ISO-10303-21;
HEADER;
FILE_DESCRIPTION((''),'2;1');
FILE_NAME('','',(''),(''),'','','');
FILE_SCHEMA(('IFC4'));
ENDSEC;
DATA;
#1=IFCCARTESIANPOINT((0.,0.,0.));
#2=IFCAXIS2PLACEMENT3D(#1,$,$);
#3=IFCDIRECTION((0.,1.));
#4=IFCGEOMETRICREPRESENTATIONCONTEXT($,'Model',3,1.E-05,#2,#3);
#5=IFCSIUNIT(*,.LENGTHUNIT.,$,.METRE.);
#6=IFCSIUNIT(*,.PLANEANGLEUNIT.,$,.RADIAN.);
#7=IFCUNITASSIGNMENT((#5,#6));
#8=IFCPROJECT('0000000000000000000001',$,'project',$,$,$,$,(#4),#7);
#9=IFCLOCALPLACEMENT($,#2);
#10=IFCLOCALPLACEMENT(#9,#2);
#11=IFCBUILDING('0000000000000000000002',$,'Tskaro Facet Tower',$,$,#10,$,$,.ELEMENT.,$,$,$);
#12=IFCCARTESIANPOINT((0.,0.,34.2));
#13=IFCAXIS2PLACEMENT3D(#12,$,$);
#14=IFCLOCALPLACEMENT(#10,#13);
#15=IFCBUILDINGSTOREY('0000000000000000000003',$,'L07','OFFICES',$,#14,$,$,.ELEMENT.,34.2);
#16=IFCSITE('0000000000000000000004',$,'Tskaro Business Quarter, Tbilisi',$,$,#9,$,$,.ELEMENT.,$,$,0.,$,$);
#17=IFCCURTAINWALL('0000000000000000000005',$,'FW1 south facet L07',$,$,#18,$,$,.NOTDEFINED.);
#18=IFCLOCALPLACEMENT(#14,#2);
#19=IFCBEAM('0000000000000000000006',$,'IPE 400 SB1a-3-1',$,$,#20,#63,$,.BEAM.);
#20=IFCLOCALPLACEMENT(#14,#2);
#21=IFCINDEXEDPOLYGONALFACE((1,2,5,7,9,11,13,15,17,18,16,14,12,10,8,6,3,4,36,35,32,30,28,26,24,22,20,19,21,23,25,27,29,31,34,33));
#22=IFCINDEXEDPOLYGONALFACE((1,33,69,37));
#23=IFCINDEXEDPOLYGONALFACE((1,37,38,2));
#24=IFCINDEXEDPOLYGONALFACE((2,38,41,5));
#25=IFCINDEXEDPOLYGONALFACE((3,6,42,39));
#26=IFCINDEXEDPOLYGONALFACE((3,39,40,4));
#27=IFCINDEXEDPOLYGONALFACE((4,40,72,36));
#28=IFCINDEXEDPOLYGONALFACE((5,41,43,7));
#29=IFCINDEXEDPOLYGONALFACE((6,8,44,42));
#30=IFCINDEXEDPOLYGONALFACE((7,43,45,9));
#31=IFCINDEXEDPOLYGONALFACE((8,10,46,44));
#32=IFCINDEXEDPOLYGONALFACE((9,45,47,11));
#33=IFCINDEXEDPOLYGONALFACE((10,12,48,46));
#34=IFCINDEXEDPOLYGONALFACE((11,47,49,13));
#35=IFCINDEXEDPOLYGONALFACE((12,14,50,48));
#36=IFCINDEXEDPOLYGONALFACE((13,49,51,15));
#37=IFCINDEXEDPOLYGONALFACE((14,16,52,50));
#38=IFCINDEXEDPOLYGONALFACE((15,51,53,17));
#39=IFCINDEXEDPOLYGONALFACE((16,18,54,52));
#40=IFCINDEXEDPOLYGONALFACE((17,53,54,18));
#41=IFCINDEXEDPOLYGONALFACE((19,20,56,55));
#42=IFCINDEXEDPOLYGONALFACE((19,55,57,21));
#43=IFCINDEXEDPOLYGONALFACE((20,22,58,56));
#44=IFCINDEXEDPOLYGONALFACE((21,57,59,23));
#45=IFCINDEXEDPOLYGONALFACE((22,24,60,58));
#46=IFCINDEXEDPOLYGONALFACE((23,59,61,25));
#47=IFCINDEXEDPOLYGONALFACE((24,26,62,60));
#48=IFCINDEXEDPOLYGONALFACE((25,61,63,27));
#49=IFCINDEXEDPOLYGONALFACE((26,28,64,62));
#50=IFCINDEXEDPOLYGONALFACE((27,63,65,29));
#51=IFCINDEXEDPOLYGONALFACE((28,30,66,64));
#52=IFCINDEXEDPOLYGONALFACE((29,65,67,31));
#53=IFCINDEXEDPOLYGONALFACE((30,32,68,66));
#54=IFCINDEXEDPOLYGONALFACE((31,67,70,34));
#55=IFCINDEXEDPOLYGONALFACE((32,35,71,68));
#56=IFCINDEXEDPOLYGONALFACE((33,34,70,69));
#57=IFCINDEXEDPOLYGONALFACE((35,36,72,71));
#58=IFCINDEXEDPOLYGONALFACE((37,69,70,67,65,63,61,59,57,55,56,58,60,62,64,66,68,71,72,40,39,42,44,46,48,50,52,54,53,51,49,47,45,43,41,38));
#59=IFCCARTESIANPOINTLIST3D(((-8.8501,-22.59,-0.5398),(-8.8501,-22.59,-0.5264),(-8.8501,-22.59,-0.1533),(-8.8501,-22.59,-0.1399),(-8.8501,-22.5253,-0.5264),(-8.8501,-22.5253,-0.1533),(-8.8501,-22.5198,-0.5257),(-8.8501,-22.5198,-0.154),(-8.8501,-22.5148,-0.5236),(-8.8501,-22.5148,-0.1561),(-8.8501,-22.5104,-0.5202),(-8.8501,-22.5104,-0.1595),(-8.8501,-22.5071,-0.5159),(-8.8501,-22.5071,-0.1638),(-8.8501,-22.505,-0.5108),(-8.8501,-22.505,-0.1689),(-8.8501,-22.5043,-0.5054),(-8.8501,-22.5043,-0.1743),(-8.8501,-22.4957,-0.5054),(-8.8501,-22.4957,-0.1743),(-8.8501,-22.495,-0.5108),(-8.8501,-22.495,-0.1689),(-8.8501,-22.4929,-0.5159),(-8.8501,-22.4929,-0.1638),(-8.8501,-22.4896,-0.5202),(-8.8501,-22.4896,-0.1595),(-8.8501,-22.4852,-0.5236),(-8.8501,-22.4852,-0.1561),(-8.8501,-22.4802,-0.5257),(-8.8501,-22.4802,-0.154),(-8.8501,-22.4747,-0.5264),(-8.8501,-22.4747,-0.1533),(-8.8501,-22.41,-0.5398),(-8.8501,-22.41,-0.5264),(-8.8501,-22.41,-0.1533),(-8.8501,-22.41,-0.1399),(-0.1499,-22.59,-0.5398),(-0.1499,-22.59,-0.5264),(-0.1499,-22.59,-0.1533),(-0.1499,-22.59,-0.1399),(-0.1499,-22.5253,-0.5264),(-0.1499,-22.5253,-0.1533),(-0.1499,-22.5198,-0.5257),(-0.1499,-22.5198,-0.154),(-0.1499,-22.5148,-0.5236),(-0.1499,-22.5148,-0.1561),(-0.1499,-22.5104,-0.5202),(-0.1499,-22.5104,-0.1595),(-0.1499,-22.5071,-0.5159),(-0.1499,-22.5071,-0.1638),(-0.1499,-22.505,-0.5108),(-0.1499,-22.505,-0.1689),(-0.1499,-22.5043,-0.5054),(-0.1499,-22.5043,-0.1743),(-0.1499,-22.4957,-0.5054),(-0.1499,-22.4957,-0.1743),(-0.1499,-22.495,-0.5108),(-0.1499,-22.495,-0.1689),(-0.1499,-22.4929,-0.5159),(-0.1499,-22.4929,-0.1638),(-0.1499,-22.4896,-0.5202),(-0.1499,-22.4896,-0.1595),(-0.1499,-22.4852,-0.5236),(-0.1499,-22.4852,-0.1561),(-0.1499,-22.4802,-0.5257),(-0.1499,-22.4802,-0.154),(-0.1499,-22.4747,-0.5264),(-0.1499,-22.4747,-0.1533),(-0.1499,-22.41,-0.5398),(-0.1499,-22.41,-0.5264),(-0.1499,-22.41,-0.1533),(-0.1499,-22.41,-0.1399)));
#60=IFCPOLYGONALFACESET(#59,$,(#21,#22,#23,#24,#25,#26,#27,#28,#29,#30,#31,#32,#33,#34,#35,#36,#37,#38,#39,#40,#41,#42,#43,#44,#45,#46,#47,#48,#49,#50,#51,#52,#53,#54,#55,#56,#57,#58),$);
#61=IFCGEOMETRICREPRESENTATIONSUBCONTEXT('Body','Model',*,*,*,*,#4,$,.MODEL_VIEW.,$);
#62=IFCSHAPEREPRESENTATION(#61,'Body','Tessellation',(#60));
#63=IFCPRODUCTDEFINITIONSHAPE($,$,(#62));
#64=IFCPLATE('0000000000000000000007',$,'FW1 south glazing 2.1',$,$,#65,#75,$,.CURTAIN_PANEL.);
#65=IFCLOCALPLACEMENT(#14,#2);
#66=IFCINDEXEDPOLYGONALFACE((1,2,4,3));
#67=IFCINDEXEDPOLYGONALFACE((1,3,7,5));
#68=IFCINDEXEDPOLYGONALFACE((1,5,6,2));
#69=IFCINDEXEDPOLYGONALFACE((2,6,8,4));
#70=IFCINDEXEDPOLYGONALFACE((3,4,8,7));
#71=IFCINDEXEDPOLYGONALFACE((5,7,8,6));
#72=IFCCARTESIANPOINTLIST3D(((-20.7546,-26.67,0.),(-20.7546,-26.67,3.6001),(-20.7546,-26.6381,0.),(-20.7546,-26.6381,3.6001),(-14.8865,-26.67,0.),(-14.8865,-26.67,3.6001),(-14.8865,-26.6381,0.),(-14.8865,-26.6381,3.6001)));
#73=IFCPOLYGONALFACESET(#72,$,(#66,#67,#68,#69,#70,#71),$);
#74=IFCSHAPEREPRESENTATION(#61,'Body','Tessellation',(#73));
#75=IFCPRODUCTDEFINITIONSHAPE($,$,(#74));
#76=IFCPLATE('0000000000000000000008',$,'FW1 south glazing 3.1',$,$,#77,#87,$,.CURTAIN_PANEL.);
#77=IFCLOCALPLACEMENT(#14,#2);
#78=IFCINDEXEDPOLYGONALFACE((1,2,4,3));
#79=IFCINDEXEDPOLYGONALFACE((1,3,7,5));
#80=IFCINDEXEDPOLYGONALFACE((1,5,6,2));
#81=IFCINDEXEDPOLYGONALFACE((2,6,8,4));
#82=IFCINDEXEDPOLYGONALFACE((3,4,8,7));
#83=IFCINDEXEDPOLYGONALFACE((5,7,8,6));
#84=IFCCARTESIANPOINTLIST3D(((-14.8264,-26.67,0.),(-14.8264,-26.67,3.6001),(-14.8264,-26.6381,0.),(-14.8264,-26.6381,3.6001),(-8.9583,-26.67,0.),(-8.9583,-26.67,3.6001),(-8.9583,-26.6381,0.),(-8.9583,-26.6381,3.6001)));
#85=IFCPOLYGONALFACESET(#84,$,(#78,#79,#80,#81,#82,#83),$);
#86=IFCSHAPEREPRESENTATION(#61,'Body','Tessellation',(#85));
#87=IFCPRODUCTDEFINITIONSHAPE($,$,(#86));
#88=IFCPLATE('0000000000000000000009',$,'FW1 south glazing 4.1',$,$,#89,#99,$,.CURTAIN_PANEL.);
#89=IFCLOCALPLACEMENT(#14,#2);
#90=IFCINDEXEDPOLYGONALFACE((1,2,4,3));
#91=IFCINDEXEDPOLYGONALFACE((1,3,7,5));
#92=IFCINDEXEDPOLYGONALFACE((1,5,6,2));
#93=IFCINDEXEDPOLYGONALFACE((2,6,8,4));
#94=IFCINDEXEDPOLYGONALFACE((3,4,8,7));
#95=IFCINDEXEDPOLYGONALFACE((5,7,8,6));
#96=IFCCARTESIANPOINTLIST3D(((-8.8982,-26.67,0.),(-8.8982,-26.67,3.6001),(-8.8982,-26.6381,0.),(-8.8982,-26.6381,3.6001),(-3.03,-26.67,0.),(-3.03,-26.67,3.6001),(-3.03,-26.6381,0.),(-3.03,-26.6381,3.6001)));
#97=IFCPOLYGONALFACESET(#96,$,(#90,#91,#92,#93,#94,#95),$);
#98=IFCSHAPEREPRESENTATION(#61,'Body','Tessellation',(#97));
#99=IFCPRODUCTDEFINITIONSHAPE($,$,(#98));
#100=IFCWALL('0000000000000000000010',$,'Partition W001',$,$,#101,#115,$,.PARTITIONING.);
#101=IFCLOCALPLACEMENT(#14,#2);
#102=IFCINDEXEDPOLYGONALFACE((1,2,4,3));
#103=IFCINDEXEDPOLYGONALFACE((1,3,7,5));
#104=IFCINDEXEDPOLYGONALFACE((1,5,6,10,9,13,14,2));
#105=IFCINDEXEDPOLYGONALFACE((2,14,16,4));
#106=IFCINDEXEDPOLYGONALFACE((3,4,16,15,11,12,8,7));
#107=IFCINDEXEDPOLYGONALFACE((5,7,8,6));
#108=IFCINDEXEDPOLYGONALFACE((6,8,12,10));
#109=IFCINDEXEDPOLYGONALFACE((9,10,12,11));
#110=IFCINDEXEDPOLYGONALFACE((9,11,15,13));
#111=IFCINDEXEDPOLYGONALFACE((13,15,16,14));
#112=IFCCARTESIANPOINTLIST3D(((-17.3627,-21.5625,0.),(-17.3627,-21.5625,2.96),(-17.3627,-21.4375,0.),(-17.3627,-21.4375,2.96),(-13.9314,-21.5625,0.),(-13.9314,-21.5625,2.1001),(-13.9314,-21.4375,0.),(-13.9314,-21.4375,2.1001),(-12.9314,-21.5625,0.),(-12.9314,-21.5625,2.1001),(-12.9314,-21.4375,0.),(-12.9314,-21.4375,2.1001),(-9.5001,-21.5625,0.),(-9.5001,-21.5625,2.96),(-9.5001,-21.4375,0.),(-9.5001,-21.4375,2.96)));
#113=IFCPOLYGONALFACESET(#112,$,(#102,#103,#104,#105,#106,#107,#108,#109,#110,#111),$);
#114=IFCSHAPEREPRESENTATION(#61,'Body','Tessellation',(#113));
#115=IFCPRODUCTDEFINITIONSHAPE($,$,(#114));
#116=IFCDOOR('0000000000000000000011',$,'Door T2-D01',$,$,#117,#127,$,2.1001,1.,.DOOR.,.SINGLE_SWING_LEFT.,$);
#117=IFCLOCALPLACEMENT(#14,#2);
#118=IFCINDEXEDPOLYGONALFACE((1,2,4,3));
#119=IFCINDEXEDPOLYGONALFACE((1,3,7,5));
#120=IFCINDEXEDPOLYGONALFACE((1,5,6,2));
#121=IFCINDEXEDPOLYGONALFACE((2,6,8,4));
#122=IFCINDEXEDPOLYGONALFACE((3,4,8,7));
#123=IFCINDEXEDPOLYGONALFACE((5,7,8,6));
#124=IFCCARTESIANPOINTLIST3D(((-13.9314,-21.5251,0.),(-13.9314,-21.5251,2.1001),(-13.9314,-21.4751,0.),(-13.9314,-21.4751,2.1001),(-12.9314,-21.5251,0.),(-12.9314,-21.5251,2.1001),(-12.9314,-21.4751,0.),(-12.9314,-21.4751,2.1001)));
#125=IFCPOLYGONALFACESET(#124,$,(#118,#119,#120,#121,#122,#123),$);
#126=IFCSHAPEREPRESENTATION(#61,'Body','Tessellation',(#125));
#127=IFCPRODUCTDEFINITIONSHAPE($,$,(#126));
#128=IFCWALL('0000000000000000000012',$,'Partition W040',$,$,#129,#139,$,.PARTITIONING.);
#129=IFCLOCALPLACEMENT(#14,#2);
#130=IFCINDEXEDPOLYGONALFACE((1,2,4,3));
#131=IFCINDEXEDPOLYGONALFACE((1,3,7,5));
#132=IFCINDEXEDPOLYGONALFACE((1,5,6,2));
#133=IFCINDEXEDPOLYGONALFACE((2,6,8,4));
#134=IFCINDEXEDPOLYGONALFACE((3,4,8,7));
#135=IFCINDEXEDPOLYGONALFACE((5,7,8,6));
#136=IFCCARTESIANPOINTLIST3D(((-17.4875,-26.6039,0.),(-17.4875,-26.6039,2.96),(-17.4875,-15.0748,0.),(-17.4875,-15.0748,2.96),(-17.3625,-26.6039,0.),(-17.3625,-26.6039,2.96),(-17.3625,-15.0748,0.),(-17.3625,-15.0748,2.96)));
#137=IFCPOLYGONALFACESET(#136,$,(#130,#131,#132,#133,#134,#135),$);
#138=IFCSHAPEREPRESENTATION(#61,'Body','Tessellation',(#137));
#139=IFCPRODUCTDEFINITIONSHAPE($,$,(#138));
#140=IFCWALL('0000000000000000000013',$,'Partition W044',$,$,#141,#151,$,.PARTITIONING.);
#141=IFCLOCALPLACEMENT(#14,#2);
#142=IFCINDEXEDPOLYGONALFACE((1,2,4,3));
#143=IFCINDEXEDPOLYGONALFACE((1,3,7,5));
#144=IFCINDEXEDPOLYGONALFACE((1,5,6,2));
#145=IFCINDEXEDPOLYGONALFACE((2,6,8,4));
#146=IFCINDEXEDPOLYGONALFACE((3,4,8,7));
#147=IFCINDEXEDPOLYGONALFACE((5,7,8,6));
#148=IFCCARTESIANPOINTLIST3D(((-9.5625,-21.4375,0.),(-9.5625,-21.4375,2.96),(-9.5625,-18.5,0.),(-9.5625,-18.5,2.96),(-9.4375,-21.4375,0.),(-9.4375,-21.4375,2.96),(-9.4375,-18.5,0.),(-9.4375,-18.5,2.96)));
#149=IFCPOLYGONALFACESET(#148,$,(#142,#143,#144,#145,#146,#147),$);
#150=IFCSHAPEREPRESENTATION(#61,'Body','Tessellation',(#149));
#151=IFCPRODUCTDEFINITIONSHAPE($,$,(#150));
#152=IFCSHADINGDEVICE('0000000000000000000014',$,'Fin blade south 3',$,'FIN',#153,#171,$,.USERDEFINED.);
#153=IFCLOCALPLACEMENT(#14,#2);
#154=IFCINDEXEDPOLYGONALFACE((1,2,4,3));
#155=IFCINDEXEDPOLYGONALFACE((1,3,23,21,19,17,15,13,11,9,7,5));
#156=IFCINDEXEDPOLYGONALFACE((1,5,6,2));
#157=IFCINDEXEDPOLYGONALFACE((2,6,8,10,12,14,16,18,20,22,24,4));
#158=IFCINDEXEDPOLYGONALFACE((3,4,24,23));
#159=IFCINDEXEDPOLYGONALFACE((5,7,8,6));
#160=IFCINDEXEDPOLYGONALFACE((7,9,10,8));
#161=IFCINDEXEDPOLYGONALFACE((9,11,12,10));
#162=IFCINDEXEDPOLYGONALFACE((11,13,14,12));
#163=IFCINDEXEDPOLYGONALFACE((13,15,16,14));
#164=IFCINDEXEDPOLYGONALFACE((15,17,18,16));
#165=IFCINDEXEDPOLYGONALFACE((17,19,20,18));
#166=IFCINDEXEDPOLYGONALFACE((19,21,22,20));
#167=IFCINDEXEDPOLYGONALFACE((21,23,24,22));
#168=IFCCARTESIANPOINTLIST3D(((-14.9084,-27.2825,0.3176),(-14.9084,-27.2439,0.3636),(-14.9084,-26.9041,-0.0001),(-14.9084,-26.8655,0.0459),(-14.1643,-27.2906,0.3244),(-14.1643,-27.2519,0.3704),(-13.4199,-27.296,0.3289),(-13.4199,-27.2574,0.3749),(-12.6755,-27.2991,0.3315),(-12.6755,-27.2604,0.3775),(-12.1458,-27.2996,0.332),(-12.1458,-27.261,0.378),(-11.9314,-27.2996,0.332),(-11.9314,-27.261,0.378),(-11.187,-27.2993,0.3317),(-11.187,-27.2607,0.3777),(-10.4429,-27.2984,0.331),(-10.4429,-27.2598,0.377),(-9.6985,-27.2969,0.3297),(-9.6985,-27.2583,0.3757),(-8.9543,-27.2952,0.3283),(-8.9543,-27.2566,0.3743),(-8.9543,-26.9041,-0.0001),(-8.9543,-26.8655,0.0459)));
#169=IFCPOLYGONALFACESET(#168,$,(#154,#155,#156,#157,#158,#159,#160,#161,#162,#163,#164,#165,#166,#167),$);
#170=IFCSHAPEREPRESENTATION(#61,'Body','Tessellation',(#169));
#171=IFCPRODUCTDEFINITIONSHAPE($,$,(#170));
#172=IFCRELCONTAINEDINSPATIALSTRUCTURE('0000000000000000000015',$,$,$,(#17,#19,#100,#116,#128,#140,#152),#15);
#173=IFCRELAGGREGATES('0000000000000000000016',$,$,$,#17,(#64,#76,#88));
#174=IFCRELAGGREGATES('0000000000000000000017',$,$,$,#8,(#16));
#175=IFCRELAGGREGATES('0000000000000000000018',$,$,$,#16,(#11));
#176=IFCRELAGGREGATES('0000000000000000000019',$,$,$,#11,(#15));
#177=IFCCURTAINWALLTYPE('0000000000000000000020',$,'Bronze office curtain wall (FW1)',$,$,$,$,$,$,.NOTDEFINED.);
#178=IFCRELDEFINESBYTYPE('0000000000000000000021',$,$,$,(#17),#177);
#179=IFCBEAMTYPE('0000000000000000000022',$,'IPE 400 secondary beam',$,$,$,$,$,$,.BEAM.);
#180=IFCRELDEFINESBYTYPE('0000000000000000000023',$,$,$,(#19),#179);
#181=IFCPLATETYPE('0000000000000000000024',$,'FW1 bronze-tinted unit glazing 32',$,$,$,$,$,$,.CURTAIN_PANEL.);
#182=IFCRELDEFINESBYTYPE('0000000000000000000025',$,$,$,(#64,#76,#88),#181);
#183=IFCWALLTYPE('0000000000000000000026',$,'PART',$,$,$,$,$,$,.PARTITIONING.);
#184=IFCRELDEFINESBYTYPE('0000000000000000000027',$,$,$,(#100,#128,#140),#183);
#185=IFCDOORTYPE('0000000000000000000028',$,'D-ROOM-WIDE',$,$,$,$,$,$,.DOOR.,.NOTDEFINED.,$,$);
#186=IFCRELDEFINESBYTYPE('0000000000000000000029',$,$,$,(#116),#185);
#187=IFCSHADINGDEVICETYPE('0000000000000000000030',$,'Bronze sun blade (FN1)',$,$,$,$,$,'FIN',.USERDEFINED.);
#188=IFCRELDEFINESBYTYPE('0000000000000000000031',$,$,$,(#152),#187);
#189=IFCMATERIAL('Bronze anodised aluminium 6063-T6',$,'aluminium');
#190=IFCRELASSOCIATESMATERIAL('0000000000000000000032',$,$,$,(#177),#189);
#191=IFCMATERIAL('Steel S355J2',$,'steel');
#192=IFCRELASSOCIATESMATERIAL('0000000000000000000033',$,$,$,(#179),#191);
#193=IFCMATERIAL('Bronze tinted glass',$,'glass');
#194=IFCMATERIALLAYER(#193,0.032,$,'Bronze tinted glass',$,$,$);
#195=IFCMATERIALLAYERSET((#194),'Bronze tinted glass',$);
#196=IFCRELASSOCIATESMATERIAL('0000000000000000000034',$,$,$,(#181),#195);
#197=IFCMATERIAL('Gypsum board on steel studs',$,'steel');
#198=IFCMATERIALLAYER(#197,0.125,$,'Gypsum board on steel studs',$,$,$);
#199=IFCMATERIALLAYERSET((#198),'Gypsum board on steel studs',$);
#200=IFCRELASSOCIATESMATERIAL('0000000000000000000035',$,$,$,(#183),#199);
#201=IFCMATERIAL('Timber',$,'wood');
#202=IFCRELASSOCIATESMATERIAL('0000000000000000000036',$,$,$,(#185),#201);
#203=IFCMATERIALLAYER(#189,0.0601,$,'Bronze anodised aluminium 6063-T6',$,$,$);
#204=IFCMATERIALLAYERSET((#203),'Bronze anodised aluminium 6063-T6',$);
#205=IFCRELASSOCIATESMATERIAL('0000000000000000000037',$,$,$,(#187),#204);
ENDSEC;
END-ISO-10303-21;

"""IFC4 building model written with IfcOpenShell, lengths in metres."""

from ifc_helpers import new_model, si_unit, direction, frame, frame_2d, origin, origin_2d, place, context, subcontext, project, spatial, polyline, rectangle, i_section, outline, extrude, material, layer, layer_set, material_profile, profile_set, type_object, element, fill, aggregate, save


model = new_model("IFC4")

# Units and contexts
model_context = context("Model", 3, precision=1e-05, world=origin(), true_north=direction((0.0, 1.0)))
body_context = subcontext(model_context, "Body", "Model", "MODEL_VIEW")
ifc_project = project(units=[si_unit("LENGTHUNIT", "METRE"), si_unit("PLANEANGLEUNIT", "RADIAN")], contexts=[model_context])

# Site, building, storey
site_placement = place(None, origin())
site = spatial("IfcSite", under=ifc_project, at=site_placement, Name="Tskaro Business Quarter, Tbilisi", CompositionType="ELEMENT", RefElevation=0.0)
building_placement = place(site_placement, origin())
building = spatial("IfcBuilding", under=site, at=building_placement, Name="Tskaro Facet Tower", CompositionType="ELEMENT")
storey_placement = place(building_placement, frame((0.0, 0.0, 34.2)))
storey = spatial("IfcBuildingStorey", under=building, at=storey_placement, Name="L07", Description="OFFICES", CompositionType="ELEMENT", Elevation=34.2)

# Curtain wall
ifc_material_1 = material(Name="Bronze anodised aluminium 6063-T6", Category="aluminium")
curtain_wall_type = type_object("IfcCurtainWallType", Name="Bronze office curtain wall (FW1)", PredefinedType="NOTDEFINED", material=ifc_material_1)
curtain_wall_placement = place(storey_placement, origin())
curtain_wall = element("IfcCurtainWall", 1, at=curtain_wall_placement, inside=storey, type_object=curtain_wall_type, Name="FW1 south facet L07", PredefinedType="NOTDEFINED")

# Beam
ifc_material_2 = material(Name="Steel S355J2", Category="steel")
ifc_material_profile_1 = material_profile(ifc_material_2, i_section(OverallWidth=0.1799, OverallDepth=0.3999, WebThickness=0.0085, FlangeThickness=0.0134, FilletRadius=0.021, at=origin_2d()), Name="IPE 400")
ifc_profile_set_1 = profile_set([ifc_material_profile_1], Name="Steel S355J2")
beam_type_1 = type_object("IfcBeamType", Name="IPE 400 secondary beam", PredefinedType="BEAM", material=ifc_profile_set_1)
for number, where, z_axis, x_axis, name in (
    (2, (-8.8501, -22.5, -0.3398), (1.0, 0.0, 0.0), (0.0, 1.0, 0.0), "IPE 400 SB1a-3-1"),
):
    element("IfcBeam", number, at=place(storey_placement, frame(where, z_axis=z_axis, x_axis=x_axis)), inside=storey, type_object=beam_type_1, Name=name, PredefinedType="BEAM", context=body_context, shape_type="SweptSolid", body=[
        extrude(i_section(OverallWidth=0.1799, OverallDepth=0.3999, WebThickness=0.0085, FlangeThickness=0.0134, FilletRadius=0.021, at=origin_2d()), origin(), (0.0, 0.0, 1.0), 8.7002),
    ])

# Plates
ifc_material_3 = material(Name="Bronze tinted glass", Category="glass")
ifc_layer_1 = layer(ifc_material_3, 0.032, Name="Bronze tinted glass")
ifc_layer_set_1 = layer_set([ifc_layer_1], Name="Bronze tinted glass")
plate_type = type_object("IfcPlateType", Name="FW1 bronze-tinted unit glazing 32", PredefinedType="CURTAIN_PANEL", material=ifc_layer_set_1)
plate_1_placement = place(storey_placement, frame((-17.8206, -26.6541, 0.0), z_axis=(0.0, 0.0, 1.0), x_axis=(1.0, 0.0, 0.0)))
plate_1 = element("IfcPlate", 3, at=plate_1_placement, type_object=plate_type, Name="FW1 south glazing 2.1", PredefinedType="CURTAIN_PANEL", context=body_context, shape_type="SweptSolid", body=[
    extrude(rectangle(XDim=5.8682, YDim=0.032, at=origin_2d()), origin(), (0.0, 0.0, 1.0), 3.6001),
])
plate_2_placement = place(storey_placement, frame((-11.8923, -26.6541, 0.0), z_axis=(0.0, 0.0, 1.0), x_axis=(1.0, 0.0, 0.0)))
plate_2 = element("IfcPlate", 4, at=plate_2_placement, type_object=plate_type, Name="FW1 south glazing 3.1", PredefinedType="CURTAIN_PANEL", context=body_context, shape_type="SweptSolid", body=[
    extrude(rectangle(XDim=5.8682, YDim=0.032, at=origin_2d()), origin(), (0.0, 0.0, 1.0), 3.6001),
])
plate_3_placement = place(storey_placement, frame((-5.9641, -26.6541, 0.0), z_axis=(0.0, 0.0, 1.0), x_axis=(1.0, 0.0, 0.0)))
plate_3 = element("IfcPlate", 5, at=plate_3_placement, type_object=plate_type, Name="FW1 south glazing 4.1", PredefinedType="CURTAIN_PANEL", context=body_context, shape_type="SweptSolid", body=[
    extrude(rectangle(XDim=5.8682, YDim=0.032, at=origin_2d()), origin(), (0.0, 0.0, 1.0), 3.6001),
])
aggregate(curtain_wall, [plate_1, plate_2, plate_3])

# Wall, opening, door
ifc_material_4 = material(Name="Gypsum board on steel studs", Category="steel")
ifc_layer_2 = layer(ifc_material_4, 0.125, Name="Gypsum board on steel studs")
ifc_layer_set_2 = layer_set([ifc_layer_2], Name="Gypsum board on steel studs")
wall_type = type_object("IfcWallType", Name="PART", PredefinedType="PARTITIONING", material=ifc_layer_set_2)
wall_1_placement = place(storey_placement, frame((-17.3625, -21.5, 0.0), z_axis=(0.0, 0.0, 1.0), x_axis=(1.0, 0.0, 0.0)))
wall_1 = element("IfcWall", 6, at=wall_1_placement, inside=storey, type_object=wall_type, Name="Partition W001", PredefinedType="PARTITIONING", context=body_context, shape_type="SweptSolid", body=[
    extrude(rectangle(XDim=7.8625, YDim=0.125, at=frame_2d((3.9312, 0.0))), origin(), (0.0, 0.0, 1.0), 2.96),
])
opening_placement = place(wall_1_placement, frame((3.4312, 0.0, 0.0)))
opening = element("IfcOpeningElement", 7, at=opening_placement, cuts=wall_1, PredefinedType="OPENING", context=body_context, shape_type="SweptSolid", body=[
    extrude(rectangle(XDim=1.0, YDim=2.1001, at=frame_2d((0.5, 1.05))), frame((0.0, 0.0725, 0.0), z_axis=(0.0, -1.0, 0.0), x_axis=(1.0, 0.0, 0.0)), (0.0, 0.0, 1.0), 0.145),
])
ifc_material_5 = material(Name="Timber", Category="wood")
door_type = type_object("IfcDoorType", Name="D-ROOM-WIDE", OperationType="NOTDEFINED", PredefinedType="DOOR", material=ifc_material_5)
door_placement = place(opening_placement, origin())
door = element("IfcDoor", 8, at=door_placement, inside=storey, type_object=door_type, Name="Door T2-D01", OperationType="SINGLE_SWING_LEFT", OverallHeight=2.1001, OverallWidth=1.0, PredefinedType="DOOR", context=body_context, shape_type="SweptSolid", body=[
    extrude(rectangle(XDim=1.0, YDim=2.1001, at=frame_2d((0.5, 1.05))), frame((0.0, 0.0249, 0.0), z_axis=(0.0, -1.0, 0.0), x_axis=(1.0, 0.0, 0.0)), (0.0, 0.0, 1.0), 0.05),
])
fill(opening, door)

# Walls
wall_2_placement = place(storey_placement, frame((-17.425, -26.604, 0.0), z_axis=(0.0, 0.0, 1.0), x_axis=(0.0, 1.0, 0.0)))
element("IfcWall", 9, at=wall_2_placement, inside=storey, type_object=wall_type, Name="Partition W040", PredefinedType="PARTITIONING", context=body_context, shape_type="SweptSolid", body=[
    extrude(rectangle(XDim=11.5291, YDim=0.125, at=frame_2d((5.7646, 0.0))), origin(), (0.0, 0.0, 1.0), 2.96),
])
wall_3_placement = place(storey_placement, frame((-9.5, -21.4375, 0.0), z_axis=(0.0, 0.0, 1.0), x_axis=(0.0, 1.0, 0.0)))
element("IfcWall", 10, at=wall_3_placement, inside=storey, type_object=wall_type, Name="Partition W044", PredefinedType="PARTITIONING", context=body_context, shape_type="SweptSolid", body=[
    extrude(rectangle(XDim=2.9375, YDim=0.125, at=frame_2d((1.4688, 0.0))), origin(), (0.0, 0.0, 1.0), 2.96),
])

# Shading device
ifc_layer_3 = layer(ifc_material_1, 0.0601, Name="Bronze anodised aluminium 6063-T6")
ifc_layer_set_3 = layer_set([ifc_layer_3], Name="Bronze anodised aluminium 6063-T6")
shading_device_type = type_object("IfcShadingDeviceType", Name="Bronze sun blade (FN1)", ElementType="FIN", PredefinedType="USERDEFINED", material=ifc_layer_set_3)
shading_device_1_placement = place(storey_placement, frame((-14.9084, -26.8655, 0.0459), z_axis=(-0.000005, 0.642991, 0.765874), x_axis=(1.0, 0.000003, 0.000004)))
element("IfcShadingDevice", 11, at=shading_device_1_placement, inside=storey, type_object=shading_device_type, Name="Fin blade south 3", ObjectType="FIN", PredefinedType="USERDEFINED", context=body_context, shape_type="SweptSolid", body=[
    extrude(outline(polyline([(0.0, 0.0), (5.9541, 0.0), (5.9541, -0.5107), (5.21, -0.5129), (4.4656, -0.5148), (3.7214, -0.5161), (2.9771, -0.5164), (2.7627, -0.5164), (2.2329, -0.5157), (1.4885, -0.5117), (0.7441, -0.5046), (0.0, -0.4941), (0.0, 0.0)])), origin(), (0.0, 0.0, -1.0), 0.0601),
])

save(model, "model.ifc")
